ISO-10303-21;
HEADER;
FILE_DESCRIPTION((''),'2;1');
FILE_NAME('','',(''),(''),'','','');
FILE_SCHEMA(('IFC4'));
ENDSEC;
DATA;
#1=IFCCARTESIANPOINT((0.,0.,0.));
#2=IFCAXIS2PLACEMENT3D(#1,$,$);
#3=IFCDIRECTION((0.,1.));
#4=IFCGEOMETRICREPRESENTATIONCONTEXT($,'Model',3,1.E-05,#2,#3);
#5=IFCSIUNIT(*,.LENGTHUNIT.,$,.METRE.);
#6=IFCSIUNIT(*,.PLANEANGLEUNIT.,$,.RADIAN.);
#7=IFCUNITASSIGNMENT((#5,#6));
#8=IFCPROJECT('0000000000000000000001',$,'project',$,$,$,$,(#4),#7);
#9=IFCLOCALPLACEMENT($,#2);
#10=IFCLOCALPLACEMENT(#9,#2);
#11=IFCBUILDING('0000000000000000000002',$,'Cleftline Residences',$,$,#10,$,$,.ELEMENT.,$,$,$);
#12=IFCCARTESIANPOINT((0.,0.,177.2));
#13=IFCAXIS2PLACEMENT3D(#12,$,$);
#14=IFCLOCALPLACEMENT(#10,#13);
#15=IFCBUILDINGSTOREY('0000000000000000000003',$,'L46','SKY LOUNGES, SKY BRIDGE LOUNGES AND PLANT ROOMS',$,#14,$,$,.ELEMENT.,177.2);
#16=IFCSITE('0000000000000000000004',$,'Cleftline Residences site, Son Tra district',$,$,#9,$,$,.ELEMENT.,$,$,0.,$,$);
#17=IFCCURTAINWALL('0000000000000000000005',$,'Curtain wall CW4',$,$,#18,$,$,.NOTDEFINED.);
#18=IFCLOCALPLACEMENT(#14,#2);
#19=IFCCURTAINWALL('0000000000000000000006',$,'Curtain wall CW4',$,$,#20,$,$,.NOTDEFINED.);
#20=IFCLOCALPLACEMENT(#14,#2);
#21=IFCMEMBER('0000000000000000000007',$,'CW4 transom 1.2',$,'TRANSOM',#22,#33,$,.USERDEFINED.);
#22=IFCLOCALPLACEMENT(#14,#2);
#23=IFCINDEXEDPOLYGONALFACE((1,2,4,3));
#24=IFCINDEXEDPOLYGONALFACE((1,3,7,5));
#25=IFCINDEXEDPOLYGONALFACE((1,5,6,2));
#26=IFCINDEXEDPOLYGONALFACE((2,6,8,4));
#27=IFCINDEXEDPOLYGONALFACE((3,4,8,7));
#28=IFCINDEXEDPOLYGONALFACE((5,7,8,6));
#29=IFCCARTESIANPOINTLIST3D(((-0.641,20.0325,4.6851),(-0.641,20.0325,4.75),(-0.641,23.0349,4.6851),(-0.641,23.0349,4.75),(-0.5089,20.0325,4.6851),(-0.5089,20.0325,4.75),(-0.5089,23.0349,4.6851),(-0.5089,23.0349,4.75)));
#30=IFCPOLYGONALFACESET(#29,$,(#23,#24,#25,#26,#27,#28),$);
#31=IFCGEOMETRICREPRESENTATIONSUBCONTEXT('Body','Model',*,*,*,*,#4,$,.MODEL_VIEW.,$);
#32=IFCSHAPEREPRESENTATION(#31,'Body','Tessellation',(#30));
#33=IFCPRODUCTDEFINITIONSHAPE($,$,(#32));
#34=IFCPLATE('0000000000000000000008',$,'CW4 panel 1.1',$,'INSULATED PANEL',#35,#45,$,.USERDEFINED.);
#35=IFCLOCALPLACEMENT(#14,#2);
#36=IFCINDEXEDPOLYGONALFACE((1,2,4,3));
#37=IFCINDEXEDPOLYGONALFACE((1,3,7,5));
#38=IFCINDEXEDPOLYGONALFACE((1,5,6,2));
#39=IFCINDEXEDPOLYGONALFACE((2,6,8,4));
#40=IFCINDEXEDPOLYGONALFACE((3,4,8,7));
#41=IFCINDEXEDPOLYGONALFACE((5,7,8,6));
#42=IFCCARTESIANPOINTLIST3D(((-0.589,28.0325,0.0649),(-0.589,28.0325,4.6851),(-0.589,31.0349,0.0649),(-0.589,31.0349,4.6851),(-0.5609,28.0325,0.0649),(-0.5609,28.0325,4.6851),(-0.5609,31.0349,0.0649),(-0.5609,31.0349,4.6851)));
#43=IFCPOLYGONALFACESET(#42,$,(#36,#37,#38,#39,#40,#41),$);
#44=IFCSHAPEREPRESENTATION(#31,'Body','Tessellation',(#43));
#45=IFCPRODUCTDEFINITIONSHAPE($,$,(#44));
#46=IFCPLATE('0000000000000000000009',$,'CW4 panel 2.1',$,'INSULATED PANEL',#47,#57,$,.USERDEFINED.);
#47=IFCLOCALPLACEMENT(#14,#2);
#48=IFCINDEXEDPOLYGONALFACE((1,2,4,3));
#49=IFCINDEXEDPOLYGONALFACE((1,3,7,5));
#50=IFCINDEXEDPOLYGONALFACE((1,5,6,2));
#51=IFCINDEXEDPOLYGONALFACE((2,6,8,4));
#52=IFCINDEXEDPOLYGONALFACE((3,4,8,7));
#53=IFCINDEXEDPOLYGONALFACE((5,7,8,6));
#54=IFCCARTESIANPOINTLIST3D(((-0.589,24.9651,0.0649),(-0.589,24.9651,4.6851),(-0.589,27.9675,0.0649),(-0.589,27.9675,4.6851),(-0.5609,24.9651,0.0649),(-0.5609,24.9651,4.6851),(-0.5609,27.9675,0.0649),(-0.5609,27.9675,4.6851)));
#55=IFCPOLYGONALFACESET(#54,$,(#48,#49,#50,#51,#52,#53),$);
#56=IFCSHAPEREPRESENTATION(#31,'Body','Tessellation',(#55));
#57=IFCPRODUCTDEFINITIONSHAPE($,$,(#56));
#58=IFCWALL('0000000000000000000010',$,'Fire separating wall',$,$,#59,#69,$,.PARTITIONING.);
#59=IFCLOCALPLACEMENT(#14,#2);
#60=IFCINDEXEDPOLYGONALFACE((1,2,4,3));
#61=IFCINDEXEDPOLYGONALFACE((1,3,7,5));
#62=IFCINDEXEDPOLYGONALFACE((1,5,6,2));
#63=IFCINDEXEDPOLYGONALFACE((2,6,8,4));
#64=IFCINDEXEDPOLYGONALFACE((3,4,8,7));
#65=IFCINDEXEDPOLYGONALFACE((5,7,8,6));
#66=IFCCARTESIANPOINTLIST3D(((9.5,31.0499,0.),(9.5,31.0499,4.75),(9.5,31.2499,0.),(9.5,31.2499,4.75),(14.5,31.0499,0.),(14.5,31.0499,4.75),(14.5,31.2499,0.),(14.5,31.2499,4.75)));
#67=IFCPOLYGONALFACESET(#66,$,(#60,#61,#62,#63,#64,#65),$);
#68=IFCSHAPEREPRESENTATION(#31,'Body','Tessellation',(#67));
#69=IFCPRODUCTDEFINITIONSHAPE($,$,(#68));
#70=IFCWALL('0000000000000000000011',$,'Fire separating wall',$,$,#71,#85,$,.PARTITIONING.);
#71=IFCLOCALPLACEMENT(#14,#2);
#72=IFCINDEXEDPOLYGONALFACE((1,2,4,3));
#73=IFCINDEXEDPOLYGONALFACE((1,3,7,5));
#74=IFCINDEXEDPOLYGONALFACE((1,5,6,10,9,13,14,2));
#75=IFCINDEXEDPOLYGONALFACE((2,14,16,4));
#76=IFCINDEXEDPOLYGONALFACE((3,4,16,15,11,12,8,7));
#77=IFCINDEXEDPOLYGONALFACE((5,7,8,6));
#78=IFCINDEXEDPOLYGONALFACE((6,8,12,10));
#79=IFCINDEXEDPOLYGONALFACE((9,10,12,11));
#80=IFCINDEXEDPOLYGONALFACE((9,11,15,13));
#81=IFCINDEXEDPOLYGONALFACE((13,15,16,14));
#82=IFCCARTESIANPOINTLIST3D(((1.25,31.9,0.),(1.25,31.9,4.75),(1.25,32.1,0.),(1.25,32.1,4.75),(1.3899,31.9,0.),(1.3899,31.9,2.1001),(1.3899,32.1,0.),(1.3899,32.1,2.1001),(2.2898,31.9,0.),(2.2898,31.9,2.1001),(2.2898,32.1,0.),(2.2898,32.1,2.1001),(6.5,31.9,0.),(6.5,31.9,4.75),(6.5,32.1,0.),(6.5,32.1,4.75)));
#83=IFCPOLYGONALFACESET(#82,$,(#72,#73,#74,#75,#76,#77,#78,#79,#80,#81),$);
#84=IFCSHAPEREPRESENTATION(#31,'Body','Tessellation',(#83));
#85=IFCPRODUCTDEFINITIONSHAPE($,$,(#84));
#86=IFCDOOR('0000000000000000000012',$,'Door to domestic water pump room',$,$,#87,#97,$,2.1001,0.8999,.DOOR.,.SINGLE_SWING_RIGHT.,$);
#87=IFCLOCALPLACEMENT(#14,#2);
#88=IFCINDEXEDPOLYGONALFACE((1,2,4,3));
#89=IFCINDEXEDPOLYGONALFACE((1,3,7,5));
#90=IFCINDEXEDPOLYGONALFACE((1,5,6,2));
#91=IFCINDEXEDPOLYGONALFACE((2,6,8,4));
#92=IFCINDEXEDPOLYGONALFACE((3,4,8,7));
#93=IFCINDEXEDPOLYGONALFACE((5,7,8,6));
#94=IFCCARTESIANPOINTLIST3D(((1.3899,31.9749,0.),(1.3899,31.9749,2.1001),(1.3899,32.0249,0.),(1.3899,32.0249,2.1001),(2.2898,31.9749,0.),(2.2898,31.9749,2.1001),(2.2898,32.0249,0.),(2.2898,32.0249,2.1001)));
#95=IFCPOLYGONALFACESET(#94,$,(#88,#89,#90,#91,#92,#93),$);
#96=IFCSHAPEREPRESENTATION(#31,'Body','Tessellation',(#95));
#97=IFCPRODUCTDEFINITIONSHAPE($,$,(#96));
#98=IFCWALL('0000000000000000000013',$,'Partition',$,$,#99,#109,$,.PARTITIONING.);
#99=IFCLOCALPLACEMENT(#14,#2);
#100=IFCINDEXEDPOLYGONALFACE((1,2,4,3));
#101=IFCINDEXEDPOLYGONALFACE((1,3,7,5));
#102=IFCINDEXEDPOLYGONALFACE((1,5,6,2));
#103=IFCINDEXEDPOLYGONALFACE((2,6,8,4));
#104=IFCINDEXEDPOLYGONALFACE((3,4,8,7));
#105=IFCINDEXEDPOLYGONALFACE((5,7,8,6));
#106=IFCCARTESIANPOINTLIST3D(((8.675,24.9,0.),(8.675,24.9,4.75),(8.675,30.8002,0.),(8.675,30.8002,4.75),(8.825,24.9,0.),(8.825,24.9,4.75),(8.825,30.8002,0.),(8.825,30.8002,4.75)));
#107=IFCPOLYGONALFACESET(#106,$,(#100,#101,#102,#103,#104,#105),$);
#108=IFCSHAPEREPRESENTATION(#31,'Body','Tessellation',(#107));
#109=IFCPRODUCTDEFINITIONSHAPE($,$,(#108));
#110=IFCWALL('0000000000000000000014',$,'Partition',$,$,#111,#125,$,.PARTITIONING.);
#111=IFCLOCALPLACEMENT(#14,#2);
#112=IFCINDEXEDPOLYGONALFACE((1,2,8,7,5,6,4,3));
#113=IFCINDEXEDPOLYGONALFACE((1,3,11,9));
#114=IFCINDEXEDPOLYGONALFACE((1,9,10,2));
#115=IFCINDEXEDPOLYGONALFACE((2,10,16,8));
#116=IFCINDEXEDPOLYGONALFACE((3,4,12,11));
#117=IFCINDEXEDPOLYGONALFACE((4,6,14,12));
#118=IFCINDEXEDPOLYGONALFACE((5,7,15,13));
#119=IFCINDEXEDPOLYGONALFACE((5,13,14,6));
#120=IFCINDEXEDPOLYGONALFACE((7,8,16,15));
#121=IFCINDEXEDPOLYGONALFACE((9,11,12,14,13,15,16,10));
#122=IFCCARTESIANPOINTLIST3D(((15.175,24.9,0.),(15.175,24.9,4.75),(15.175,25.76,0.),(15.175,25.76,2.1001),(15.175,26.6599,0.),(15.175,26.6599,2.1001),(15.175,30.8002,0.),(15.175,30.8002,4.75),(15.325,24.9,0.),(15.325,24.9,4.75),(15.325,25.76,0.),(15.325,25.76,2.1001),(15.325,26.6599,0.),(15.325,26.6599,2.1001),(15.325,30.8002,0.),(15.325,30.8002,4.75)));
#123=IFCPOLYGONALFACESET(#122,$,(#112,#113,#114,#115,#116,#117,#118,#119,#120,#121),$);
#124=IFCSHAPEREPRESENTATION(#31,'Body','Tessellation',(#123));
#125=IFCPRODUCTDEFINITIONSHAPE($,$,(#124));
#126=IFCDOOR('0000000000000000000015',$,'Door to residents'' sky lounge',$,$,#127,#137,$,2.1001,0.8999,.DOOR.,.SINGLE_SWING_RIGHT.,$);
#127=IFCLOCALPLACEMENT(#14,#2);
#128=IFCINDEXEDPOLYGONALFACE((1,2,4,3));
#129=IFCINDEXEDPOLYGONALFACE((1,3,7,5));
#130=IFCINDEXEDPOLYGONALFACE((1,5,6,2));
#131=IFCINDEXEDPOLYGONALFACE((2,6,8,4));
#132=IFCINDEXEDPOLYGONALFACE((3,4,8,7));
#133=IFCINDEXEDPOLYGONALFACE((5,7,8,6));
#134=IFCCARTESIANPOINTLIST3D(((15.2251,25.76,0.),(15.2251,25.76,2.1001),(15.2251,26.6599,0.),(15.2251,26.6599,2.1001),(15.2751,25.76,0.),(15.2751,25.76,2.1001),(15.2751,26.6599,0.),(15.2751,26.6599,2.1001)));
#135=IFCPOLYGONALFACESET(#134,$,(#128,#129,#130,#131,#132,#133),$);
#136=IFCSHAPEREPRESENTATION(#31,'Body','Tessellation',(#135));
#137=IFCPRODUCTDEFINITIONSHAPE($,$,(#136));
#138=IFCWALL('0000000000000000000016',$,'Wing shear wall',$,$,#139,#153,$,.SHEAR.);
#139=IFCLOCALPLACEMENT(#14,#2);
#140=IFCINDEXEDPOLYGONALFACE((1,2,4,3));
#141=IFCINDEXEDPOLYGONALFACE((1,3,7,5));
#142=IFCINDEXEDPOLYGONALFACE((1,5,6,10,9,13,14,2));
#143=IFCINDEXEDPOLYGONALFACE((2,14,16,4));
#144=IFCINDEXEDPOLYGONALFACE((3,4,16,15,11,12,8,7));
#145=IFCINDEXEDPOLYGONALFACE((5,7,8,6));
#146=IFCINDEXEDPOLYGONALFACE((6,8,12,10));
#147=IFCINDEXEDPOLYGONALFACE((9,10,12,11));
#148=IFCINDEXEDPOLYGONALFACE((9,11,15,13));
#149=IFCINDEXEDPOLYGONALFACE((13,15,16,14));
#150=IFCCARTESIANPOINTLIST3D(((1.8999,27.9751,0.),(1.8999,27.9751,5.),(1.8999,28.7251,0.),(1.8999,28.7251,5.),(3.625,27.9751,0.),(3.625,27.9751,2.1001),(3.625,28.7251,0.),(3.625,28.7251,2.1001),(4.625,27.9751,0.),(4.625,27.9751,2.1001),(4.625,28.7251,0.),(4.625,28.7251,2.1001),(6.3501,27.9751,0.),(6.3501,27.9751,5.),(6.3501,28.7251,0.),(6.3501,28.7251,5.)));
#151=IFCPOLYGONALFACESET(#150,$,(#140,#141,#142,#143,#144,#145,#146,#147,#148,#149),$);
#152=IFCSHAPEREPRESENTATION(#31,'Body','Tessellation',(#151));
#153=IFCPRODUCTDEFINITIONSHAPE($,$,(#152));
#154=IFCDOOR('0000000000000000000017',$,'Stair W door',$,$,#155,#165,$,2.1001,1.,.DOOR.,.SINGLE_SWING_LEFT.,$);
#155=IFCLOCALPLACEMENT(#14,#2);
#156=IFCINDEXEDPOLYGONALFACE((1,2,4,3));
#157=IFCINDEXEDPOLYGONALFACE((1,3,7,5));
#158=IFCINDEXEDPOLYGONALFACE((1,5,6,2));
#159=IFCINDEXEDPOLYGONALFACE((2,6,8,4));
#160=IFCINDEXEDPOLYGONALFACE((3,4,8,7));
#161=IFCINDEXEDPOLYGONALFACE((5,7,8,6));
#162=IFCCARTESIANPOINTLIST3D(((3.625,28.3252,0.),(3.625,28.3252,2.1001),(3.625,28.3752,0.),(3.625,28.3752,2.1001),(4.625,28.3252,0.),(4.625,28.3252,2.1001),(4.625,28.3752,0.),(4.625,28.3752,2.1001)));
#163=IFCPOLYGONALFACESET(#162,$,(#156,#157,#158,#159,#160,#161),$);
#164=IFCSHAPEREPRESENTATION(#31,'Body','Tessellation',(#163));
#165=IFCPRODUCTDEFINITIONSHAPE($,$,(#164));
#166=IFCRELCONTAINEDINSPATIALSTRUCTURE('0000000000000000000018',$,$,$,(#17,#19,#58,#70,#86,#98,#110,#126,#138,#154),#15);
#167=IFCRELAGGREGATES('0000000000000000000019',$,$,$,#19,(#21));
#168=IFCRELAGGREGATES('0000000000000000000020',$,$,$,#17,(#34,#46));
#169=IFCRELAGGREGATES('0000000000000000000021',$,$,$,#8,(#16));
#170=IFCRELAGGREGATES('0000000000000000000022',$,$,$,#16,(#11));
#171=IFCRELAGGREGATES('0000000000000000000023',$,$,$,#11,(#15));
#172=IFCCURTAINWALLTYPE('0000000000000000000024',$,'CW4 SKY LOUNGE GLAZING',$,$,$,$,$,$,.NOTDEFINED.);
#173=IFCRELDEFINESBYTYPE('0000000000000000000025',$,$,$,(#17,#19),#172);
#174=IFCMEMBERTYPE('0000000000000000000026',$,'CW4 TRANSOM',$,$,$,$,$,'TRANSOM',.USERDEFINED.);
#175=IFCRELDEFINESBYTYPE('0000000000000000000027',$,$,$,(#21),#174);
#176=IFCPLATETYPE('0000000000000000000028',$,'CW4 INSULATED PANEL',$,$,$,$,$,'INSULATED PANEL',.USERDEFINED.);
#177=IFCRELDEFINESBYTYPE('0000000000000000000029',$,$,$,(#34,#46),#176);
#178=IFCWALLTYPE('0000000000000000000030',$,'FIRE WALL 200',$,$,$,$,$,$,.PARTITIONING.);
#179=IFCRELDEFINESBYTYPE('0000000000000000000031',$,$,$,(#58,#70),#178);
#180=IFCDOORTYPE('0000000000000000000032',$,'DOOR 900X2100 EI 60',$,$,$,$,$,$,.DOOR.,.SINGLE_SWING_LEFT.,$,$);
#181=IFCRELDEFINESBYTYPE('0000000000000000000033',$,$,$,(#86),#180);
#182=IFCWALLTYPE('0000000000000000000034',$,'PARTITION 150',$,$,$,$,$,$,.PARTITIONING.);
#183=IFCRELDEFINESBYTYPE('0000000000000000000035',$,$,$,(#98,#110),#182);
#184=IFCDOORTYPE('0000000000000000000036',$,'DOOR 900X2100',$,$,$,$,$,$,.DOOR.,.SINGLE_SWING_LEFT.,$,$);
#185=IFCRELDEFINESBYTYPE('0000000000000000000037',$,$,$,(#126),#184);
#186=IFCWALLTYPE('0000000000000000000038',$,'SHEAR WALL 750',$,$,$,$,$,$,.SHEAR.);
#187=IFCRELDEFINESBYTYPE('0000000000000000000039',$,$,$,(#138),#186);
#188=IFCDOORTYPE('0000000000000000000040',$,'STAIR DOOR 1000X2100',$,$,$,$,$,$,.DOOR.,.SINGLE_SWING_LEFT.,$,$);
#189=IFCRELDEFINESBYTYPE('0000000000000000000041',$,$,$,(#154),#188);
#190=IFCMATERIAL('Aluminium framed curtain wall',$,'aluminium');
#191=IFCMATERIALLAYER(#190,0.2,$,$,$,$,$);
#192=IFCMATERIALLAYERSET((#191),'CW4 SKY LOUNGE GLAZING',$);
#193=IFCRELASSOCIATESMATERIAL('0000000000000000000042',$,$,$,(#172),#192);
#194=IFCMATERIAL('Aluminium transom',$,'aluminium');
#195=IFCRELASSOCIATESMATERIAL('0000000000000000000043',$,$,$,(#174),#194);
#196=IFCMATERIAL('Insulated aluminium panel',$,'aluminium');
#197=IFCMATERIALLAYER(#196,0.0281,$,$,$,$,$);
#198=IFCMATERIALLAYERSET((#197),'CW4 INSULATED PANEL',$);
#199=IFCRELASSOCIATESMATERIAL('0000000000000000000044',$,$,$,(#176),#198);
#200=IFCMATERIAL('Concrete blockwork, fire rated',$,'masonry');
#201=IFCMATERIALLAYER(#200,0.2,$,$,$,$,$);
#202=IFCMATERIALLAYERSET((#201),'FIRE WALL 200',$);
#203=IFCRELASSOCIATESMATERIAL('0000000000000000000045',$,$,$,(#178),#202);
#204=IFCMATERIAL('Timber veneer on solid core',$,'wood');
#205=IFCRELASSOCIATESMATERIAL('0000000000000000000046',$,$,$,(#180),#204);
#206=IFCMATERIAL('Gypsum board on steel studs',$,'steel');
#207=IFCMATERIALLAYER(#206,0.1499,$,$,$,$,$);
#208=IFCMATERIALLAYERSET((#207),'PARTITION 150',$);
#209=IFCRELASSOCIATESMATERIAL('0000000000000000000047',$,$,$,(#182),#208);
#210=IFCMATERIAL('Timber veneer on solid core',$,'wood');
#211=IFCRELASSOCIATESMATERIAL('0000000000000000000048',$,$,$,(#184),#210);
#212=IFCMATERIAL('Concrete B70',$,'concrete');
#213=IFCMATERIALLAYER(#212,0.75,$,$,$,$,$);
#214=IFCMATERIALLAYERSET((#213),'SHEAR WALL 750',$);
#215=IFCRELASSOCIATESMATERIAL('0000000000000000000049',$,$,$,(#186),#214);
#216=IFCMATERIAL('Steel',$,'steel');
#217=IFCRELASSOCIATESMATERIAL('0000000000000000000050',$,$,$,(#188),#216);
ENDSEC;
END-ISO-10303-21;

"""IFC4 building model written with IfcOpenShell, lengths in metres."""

from ifc_helpers import new_model, si_unit, direction, frame, frame_2d, origin, origin_2d, place, context, subcontext, project, spatial, rectangle, extrude, material, layer, layer_set, material_profile, profile_set, type_object, element, fill, aggregate, save


model = new_model("IFC4")

# Units and contexts
model_context = context("Model", 3, precision=1e-05, world=origin(), true_north=direction((0.0, 1.0)))
body_context = subcontext(model_context, "Body", "Model", "MODEL_VIEW")
ifc_project = project(units=[si_unit("LENGTHUNIT", "METRE"), si_unit("PLANEANGLEUNIT", "RADIAN")], contexts=[model_context])

# Site, building, storey
site_placement = place(None, origin())
site = spatial("IfcSite", under=ifc_project, at=site_placement, Name="Cleftline Residences site, Son Tra district", CompositionType="ELEMENT", RefElevation=0.0)
building_placement = place(site_placement, origin())
building = spatial("IfcBuilding", under=site, at=building_placement, Name="Cleftline Residences", CompositionType="ELEMENT")
storey_placement = place(building_placement, frame((0.0, 0.0, 177.2)))
storey = spatial("IfcBuildingStorey", under=building, at=storey_placement, Name="L46", Description="SKY LOUNGES, SKY BRIDGE LOUNGES AND PLANT ROOMS", CompositionType="ELEMENT", Elevation=177.2)

# Curtain wall
ifc_material_1 = material(Name="Aluminium framed curtain wall", Category="aluminium")
ifc_layer_1 = layer(ifc_material_1, 0.2)
ifc_layer_set_1 = layer_set([ifc_layer_1], Name="CW4 SKY LOUNGE GLAZING")
curtain_wall_type = type_object("IfcCurtainWallType", Name="CW4 SKY LOUNGE GLAZING", PredefinedType="NOTDEFINED", material=ifc_layer_set_1)
curtain_wall_1_placement = place(storey_placement, origin())
curtain_wall_1 = element("IfcCurtainWall", 1, at=curtain_wall_1_placement, inside=storey, type_object=curtain_wall_type, Name="Curtain wall CW4", PredefinedType="NOTDEFINED")

# Curtain wall
curtain_wall_2_placement = place(storey_placement, origin())
curtain_wall_2 = element("IfcCurtainWall", 2, at=curtain_wall_2_placement, inside=storey, type_object=curtain_wall_type, Name="Curtain wall CW4", PredefinedType="NOTDEFINED")

# Member
ifc_material_2 = material(Name="Aluminium transom", Category="aluminium")
ifc_material_profile_1 = material_profile(ifc_material_2, rectangle(XDim=0.1321, YDim=0.0649, at=origin_2d()))
ifc_profile_set_1 = profile_set([ifc_material_profile_1], Name="Aluminium transom")
member_type_1 = type_object("IfcMemberType", Name="CW4 TRANSOM", ElementType="TRANSOM", PredefinedType="USERDEFINED", material=ifc_profile_set_1)
member_1_placement = place(storey_placement, frame((-0.575, 23.0349, 4.7175), z_axis=(0.0, -1.0, 0.0), x_axis=(1.0, 0.0, 0.0)))
member_1 = element("IfcMember", 3, at=member_1_placement, type_object=member_type_1, Name="CW4 transom 1.2", ObjectType="TRANSOM", PredefinedType="USERDEFINED", context=body_context, shape_type="SweptSolid", body=[
    extrude(rectangle(XDim=0.1321, YDim=0.0649, at=origin_2d()), origin(), (0.0, 0.0, 1.0), 3.0024),
])
aggregate(curtain_wall_2, [member_1])

# Plates
ifc_material_3 = material(Name="Insulated aluminium panel", Category="aluminium")
ifc_layer_2 = layer(ifc_material_3, 0.0281)
ifc_layer_set_2 = layer_set([ifc_layer_2], Name="CW4 INSULATED PANEL")
plate_type = type_object("IfcPlateType", Name="CW4 INSULATED PANEL", ElementType="INSULATED PANEL", PredefinedType="USERDEFINED", material=ifc_layer_set_2)
plate_1_placement = place(storey_placement, frame((-0.575, 29.5337, 0.0649), z_axis=(0.0, 0.0, 1.0), x_axis=(0.0, -1.0, 0.0)))
plate_1 = element("IfcPlate", 4, at=plate_1_placement, type_object=plate_type, Name="CW4 panel 1.1", ObjectType="INSULATED PANEL", PredefinedType="USERDEFINED", context=body_context, shape_type="SweptSolid", body=[
    extrude(rectangle(XDim=3.0024, YDim=0.0281, at=origin_2d()), origin(), (0.0, 0.0, 1.0), 4.6201),
])
plate_2_placement = place(storey_placement, frame((-0.575, 26.4663, 0.0649), z_axis=(0.0, 0.0, 1.0), x_axis=(0.0, -1.0, 0.0)))
plate_2 = element("IfcPlate", 5, at=plate_2_placement, type_object=plate_type, Name="CW4 panel 2.1", ObjectType="INSULATED PANEL", PredefinedType="USERDEFINED", context=body_context, shape_type="SweptSolid", body=[
    extrude(rectangle(XDim=3.0024, YDim=0.0281, at=origin_2d()), origin(), (0.0, 0.0, 1.0), 4.6201),
])
aggregate(curtain_wall_1, [plate_1, plate_2])

# Wall
ifc_material_4 = material(Name="Concrete blockwork, fire rated", Category="masonry")
ifc_layer_3 = layer(ifc_material_4, 0.2)
ifc_layer_set_3 = layer_set([ifc_layer_3], Name="FIRE WALL 200")
wall_type_1 = type_object("IfcWallType", Name="FIRE WALL 200", PredefinedType="PARTITIONING", material=ifc_layer_set_3)
wall_1_placement = place(storey_placement, frame((9.5, 31.1499, 0.0), z_axis=(0.0, 0.0, 1.0), x_axis=(1.0, 0.0, 0.0)))
element("IfcWall", 6, at=wall_1_placement, inside=storey, type_object=wall_type_1, Name="Fire separating wall", PredefinedType="PARTITIONING", context=body_context, shape_type="SweptSolid", body=[
    extrude(rectangle(XDim=5.0, YDim=0.2, at=frame_2d((2.5, 0.0))), origin(), (0.0, 0.0, 1.0), 4.75),
])

# Wall, opening, door
wall_2_placement = place(storey_placement, frame((1.25, 32.0, 0.0), z_axis=(0.0, 0.0, 1.0), x_axis=(1.0, 0.0, 0.0)))
wall_2 = element("IfcWall", 7, at=wall_2_placement, inside=storey, type_object=wall_type_1, Name="Fire separating wall", PredefinedType="PARTITIONING", context=body_context, shape_type="SweptSolid", body=[
    extrude(rectangle(XDim=5.25, YDim=0.2, at=frame_2d((2.625, 0.0))), origin(), (0.0, 0.0, 1.0), 4.75),
])
opening_1_placement = place(wall_2_placement, frame((0.1399, 0.0, 0.0)))
opening_1 = element("IfcOpeningElement", 8, at=opening_1_placement, cuts=wall_2, PredefinedType="OPENING", context=body_context, shape_type="SweptSolid", body=[
    extrude(rectangle(XDim=0.8999, YDim=2.1001, at=frame_2d((0.45, 1.05))), frame((0.0, 0.1099, 0.0), z_axis=(0.0, -1.0, 0.0), x_axis=(1.0, 0.0, 0.0)), (0.0, 0.0, 1.0), 0.22),
])
ifc_material_5 = material(Name="Timber veneer on solid core", Category="wood")
door_type_1 = type_object("IfcDoorType", Name="DOOR 900X2100 EI 60", OperationType="SINGLE_SWING_LEFT", PredefinedType="DOOR", material=ifc_material_5)
door_1_placement = place(opening_1_placement, origin())
door_1 = element("IfcDoor", 9, at=door_1_placement, inside=storey, type_object=door_type_1, Name="Door to domestic water pump room", OperationType="SINGLE_SWING_RIGHT", OverallHeight=2.1001, OverallWidth=0.8999, PredefinedType="DOOR", context=body_context, shape_type="SweptSolid", body=[
    extrude(rectangle(XDim=0.8999, YDim=2.1001, at=frame_2d((0.45, 1.05))), frame((0.0, 0.0249, 0.0), z_axis=(0.0, -1.0, 0.0), x_axis=(1.0, 0.0, 0.0)), (0.0, 0.0, 1.0), 0.05),
])
fill(opening_1, door_1)

# Wall
ifc_material_6 = material(Name="Gypsum board on steel studs", Category="steel")
ifc_layer_4 = layer(ifc_material_6, 0.1499)
ifc_layer_set_4 = layer_set([ifc_layer_4], Name="PARTITION 150")
wall_type_2 = type_object("IfcWallType", Name="PARTITION 150", PredefinedType="PARTITIONING", material=ifc_layer_set_4)
wall_3_placement = place(storey_placement, frame((8.75, 24.8999, 0.0), z_axis=(0.0, 0.0, 1.0), x_axis=(0.0, 1.0, 0.0)))
element("IfcWall", 10, at=wall_3_placement, inside=storey, type_object=wall_type_2, Name="Partition", PredefinedType="PARTITIONING", context=body_context, shape_type="SweptSolid", body=[
    extrude(rectangle(XDim=5.9001, YDim=0.1499, at=frame_2d((2.9502, 0.0))), origin(), (0.0, 0.0, 1.0), 4.75),
])

# Walls, openings, doors
wall_4_placement = place(storey_placement, frame((15.25, 24.8999, 0.0), z_axis=(0.0, 0.0, 1.0), x_axis=(0.0, 1.0, 0.0)))
wall_4 = element("IfcWall", 11, at=wall_4_placement, inside=storey, type_object=wall_type_2, Name="Partition", PredefinedType="PARTITIONING", context=body_context, shape_type="SweptSolid", body=[
    extrude(rectangle(XDim=5.9001, YDim=0.1499, at=frame_2d((2.9502, 0.0))), origin(), (0.0, 0.0, 1.0), 4.75),
])
opening_2_placement = place(wall_4_placement, frame((0.8601, 0.0, 0.0)))
opening_2 = element("IfcOpeningElement", 12, at=opening_2_placement, cuts=wall_4, PredefinedType="OPENING", context=body_context, shape_type="SweptSolid", body=[
    extrude(rectangle(XDim=0.8999, YDim=2.1001, at=frame_2d((0.45, 1.05))), frame((0.0, 0.085, 0.0), z_axis=(0.0, -1.0, 0.0), x_axis=(1.0, 0.0, 0.0)), (0.0, 0.0, 1.0), 0.1699),
])
ifc_material_7 = material(Name="Timber veneer on solid core", Category="wood")
door_type_2 = type_object("IfcDoorType", Name="DOOR 900X2100", OperationType="SINGLE_SWING_LEFT", PredefinedType="DOOR", material=ifc_material_7)
door_2_placement = place(opening_2_placement, origin())
door_2 = element("IfcDoor", 13, at=door_2_placement, inside=storey, type_object=door_type_2, Name="Door to residents' sky lounge", OperationType="SINGLE_SWING_RIGHT", OverallHeight=2.1001, OverallWidth=0.8999, PredefinedType="DOOR", context=body_context, shape_type="SweptSolid", body=[
    extrude(rectangle(XDim=0.8999, YDim=2.1001, at=frame_2d((0.45, 1.05))), frame((0.0, 0.0249, 0.0), z_axis=(0.0, -1.0, 0.0), x_axis=(1.0, 0.0, 0.0)), (0.0, 0.0, 1.0), 0.05),
])
fill(opening_2, door_2)
ifc_material_8 = material(Name="Concrete B70", Category="concrete")
ifc_layer_5 = layer(ifc_material_8, 0.75)
ifc_layer_set_5 = layer_set([ifc_layer_5], Name="SHEAR WALL 750")
wall_type_3 = type_object("IfcWallType", Name="SHEAR WALL 750", PredefinedType="SHEAR", material=ifc_layer_set_5)
wall_5_placement = place(storey_placement, frame((6.3501, 28.3501, 0.0), z_axis=(0.0, 0.0, 1.0), x_axis=(-1.0, 0.0, 0.0)))
wall_5 = element("IfcWall", 14, at=wall_5_placement, inside=storey, type_object=wall_type_3, Name="Wing shear wall", PredefinedType="SHEAR", context=body_context, shape_type="SweptSolid", body=[
    extrude(rectangle(XDim=4.4502, YDim=0.75, at=frame_2d((2.2251, 0.0))), origin(), (0.0, 0.0, 1.0), 5.0),
])
opening_3_placement = place(wall_5_placement, frame((1.7251, 0.0, 0.0)))
opening_3 = element("IfcOpeningElement", 15, at=opening_3_placement, cuts=wall_5, PredefinedType="OPENING", context=body_context, shape_type="SweptSolid", body=[
    extrude(rectangle(XDim=1.0, YDim=2.1001, at=frame_2d((0.5, 1.05))), frame((0.0, 0.385, 0.0), z_axis=(0.0, -1.0, 0.0), x_axis=(1.0, 0.0, 0.0)), (0.0, 0.0, 1.0), 0.77),
])
ifc_material_9 = material(Name="Steel", Category="steel")
door_type_3 = type_object("IfcDoorType", Name="STAIR DOOR 1000X2100", OperationType="SINGLE_SWING_LEFT", PredefinedType="DOOR", material=ifc_material_9)
door_3_placement = place(opening_3_placement, origin())
door_3 = element("IfcDoor", 16, at=door_3_placement, inside=storey, type_object=door_type_3, Name="Stair W door", OperationType="SINGLE_SWING_LEFT", OverallHeight=2.1001, OverallWidth=1.0, PredefinedType="DOOR", context=body_context, shape_type="SweptSolid", body=[
    extrude(rectangle(XDim=1.0, YDim=2.1001, at=frame_2d((0.5, 1.05))), frame((0.0, 0.0249, 0.0), z_axis=(0.0, -1.0, 0.0), x_axis=(1.0, 0.0, 0.0)), (0.0, 0.0, 1.0), 0.05),
])
fill(opening_3, door_3)

save(model, "model.ifc")
